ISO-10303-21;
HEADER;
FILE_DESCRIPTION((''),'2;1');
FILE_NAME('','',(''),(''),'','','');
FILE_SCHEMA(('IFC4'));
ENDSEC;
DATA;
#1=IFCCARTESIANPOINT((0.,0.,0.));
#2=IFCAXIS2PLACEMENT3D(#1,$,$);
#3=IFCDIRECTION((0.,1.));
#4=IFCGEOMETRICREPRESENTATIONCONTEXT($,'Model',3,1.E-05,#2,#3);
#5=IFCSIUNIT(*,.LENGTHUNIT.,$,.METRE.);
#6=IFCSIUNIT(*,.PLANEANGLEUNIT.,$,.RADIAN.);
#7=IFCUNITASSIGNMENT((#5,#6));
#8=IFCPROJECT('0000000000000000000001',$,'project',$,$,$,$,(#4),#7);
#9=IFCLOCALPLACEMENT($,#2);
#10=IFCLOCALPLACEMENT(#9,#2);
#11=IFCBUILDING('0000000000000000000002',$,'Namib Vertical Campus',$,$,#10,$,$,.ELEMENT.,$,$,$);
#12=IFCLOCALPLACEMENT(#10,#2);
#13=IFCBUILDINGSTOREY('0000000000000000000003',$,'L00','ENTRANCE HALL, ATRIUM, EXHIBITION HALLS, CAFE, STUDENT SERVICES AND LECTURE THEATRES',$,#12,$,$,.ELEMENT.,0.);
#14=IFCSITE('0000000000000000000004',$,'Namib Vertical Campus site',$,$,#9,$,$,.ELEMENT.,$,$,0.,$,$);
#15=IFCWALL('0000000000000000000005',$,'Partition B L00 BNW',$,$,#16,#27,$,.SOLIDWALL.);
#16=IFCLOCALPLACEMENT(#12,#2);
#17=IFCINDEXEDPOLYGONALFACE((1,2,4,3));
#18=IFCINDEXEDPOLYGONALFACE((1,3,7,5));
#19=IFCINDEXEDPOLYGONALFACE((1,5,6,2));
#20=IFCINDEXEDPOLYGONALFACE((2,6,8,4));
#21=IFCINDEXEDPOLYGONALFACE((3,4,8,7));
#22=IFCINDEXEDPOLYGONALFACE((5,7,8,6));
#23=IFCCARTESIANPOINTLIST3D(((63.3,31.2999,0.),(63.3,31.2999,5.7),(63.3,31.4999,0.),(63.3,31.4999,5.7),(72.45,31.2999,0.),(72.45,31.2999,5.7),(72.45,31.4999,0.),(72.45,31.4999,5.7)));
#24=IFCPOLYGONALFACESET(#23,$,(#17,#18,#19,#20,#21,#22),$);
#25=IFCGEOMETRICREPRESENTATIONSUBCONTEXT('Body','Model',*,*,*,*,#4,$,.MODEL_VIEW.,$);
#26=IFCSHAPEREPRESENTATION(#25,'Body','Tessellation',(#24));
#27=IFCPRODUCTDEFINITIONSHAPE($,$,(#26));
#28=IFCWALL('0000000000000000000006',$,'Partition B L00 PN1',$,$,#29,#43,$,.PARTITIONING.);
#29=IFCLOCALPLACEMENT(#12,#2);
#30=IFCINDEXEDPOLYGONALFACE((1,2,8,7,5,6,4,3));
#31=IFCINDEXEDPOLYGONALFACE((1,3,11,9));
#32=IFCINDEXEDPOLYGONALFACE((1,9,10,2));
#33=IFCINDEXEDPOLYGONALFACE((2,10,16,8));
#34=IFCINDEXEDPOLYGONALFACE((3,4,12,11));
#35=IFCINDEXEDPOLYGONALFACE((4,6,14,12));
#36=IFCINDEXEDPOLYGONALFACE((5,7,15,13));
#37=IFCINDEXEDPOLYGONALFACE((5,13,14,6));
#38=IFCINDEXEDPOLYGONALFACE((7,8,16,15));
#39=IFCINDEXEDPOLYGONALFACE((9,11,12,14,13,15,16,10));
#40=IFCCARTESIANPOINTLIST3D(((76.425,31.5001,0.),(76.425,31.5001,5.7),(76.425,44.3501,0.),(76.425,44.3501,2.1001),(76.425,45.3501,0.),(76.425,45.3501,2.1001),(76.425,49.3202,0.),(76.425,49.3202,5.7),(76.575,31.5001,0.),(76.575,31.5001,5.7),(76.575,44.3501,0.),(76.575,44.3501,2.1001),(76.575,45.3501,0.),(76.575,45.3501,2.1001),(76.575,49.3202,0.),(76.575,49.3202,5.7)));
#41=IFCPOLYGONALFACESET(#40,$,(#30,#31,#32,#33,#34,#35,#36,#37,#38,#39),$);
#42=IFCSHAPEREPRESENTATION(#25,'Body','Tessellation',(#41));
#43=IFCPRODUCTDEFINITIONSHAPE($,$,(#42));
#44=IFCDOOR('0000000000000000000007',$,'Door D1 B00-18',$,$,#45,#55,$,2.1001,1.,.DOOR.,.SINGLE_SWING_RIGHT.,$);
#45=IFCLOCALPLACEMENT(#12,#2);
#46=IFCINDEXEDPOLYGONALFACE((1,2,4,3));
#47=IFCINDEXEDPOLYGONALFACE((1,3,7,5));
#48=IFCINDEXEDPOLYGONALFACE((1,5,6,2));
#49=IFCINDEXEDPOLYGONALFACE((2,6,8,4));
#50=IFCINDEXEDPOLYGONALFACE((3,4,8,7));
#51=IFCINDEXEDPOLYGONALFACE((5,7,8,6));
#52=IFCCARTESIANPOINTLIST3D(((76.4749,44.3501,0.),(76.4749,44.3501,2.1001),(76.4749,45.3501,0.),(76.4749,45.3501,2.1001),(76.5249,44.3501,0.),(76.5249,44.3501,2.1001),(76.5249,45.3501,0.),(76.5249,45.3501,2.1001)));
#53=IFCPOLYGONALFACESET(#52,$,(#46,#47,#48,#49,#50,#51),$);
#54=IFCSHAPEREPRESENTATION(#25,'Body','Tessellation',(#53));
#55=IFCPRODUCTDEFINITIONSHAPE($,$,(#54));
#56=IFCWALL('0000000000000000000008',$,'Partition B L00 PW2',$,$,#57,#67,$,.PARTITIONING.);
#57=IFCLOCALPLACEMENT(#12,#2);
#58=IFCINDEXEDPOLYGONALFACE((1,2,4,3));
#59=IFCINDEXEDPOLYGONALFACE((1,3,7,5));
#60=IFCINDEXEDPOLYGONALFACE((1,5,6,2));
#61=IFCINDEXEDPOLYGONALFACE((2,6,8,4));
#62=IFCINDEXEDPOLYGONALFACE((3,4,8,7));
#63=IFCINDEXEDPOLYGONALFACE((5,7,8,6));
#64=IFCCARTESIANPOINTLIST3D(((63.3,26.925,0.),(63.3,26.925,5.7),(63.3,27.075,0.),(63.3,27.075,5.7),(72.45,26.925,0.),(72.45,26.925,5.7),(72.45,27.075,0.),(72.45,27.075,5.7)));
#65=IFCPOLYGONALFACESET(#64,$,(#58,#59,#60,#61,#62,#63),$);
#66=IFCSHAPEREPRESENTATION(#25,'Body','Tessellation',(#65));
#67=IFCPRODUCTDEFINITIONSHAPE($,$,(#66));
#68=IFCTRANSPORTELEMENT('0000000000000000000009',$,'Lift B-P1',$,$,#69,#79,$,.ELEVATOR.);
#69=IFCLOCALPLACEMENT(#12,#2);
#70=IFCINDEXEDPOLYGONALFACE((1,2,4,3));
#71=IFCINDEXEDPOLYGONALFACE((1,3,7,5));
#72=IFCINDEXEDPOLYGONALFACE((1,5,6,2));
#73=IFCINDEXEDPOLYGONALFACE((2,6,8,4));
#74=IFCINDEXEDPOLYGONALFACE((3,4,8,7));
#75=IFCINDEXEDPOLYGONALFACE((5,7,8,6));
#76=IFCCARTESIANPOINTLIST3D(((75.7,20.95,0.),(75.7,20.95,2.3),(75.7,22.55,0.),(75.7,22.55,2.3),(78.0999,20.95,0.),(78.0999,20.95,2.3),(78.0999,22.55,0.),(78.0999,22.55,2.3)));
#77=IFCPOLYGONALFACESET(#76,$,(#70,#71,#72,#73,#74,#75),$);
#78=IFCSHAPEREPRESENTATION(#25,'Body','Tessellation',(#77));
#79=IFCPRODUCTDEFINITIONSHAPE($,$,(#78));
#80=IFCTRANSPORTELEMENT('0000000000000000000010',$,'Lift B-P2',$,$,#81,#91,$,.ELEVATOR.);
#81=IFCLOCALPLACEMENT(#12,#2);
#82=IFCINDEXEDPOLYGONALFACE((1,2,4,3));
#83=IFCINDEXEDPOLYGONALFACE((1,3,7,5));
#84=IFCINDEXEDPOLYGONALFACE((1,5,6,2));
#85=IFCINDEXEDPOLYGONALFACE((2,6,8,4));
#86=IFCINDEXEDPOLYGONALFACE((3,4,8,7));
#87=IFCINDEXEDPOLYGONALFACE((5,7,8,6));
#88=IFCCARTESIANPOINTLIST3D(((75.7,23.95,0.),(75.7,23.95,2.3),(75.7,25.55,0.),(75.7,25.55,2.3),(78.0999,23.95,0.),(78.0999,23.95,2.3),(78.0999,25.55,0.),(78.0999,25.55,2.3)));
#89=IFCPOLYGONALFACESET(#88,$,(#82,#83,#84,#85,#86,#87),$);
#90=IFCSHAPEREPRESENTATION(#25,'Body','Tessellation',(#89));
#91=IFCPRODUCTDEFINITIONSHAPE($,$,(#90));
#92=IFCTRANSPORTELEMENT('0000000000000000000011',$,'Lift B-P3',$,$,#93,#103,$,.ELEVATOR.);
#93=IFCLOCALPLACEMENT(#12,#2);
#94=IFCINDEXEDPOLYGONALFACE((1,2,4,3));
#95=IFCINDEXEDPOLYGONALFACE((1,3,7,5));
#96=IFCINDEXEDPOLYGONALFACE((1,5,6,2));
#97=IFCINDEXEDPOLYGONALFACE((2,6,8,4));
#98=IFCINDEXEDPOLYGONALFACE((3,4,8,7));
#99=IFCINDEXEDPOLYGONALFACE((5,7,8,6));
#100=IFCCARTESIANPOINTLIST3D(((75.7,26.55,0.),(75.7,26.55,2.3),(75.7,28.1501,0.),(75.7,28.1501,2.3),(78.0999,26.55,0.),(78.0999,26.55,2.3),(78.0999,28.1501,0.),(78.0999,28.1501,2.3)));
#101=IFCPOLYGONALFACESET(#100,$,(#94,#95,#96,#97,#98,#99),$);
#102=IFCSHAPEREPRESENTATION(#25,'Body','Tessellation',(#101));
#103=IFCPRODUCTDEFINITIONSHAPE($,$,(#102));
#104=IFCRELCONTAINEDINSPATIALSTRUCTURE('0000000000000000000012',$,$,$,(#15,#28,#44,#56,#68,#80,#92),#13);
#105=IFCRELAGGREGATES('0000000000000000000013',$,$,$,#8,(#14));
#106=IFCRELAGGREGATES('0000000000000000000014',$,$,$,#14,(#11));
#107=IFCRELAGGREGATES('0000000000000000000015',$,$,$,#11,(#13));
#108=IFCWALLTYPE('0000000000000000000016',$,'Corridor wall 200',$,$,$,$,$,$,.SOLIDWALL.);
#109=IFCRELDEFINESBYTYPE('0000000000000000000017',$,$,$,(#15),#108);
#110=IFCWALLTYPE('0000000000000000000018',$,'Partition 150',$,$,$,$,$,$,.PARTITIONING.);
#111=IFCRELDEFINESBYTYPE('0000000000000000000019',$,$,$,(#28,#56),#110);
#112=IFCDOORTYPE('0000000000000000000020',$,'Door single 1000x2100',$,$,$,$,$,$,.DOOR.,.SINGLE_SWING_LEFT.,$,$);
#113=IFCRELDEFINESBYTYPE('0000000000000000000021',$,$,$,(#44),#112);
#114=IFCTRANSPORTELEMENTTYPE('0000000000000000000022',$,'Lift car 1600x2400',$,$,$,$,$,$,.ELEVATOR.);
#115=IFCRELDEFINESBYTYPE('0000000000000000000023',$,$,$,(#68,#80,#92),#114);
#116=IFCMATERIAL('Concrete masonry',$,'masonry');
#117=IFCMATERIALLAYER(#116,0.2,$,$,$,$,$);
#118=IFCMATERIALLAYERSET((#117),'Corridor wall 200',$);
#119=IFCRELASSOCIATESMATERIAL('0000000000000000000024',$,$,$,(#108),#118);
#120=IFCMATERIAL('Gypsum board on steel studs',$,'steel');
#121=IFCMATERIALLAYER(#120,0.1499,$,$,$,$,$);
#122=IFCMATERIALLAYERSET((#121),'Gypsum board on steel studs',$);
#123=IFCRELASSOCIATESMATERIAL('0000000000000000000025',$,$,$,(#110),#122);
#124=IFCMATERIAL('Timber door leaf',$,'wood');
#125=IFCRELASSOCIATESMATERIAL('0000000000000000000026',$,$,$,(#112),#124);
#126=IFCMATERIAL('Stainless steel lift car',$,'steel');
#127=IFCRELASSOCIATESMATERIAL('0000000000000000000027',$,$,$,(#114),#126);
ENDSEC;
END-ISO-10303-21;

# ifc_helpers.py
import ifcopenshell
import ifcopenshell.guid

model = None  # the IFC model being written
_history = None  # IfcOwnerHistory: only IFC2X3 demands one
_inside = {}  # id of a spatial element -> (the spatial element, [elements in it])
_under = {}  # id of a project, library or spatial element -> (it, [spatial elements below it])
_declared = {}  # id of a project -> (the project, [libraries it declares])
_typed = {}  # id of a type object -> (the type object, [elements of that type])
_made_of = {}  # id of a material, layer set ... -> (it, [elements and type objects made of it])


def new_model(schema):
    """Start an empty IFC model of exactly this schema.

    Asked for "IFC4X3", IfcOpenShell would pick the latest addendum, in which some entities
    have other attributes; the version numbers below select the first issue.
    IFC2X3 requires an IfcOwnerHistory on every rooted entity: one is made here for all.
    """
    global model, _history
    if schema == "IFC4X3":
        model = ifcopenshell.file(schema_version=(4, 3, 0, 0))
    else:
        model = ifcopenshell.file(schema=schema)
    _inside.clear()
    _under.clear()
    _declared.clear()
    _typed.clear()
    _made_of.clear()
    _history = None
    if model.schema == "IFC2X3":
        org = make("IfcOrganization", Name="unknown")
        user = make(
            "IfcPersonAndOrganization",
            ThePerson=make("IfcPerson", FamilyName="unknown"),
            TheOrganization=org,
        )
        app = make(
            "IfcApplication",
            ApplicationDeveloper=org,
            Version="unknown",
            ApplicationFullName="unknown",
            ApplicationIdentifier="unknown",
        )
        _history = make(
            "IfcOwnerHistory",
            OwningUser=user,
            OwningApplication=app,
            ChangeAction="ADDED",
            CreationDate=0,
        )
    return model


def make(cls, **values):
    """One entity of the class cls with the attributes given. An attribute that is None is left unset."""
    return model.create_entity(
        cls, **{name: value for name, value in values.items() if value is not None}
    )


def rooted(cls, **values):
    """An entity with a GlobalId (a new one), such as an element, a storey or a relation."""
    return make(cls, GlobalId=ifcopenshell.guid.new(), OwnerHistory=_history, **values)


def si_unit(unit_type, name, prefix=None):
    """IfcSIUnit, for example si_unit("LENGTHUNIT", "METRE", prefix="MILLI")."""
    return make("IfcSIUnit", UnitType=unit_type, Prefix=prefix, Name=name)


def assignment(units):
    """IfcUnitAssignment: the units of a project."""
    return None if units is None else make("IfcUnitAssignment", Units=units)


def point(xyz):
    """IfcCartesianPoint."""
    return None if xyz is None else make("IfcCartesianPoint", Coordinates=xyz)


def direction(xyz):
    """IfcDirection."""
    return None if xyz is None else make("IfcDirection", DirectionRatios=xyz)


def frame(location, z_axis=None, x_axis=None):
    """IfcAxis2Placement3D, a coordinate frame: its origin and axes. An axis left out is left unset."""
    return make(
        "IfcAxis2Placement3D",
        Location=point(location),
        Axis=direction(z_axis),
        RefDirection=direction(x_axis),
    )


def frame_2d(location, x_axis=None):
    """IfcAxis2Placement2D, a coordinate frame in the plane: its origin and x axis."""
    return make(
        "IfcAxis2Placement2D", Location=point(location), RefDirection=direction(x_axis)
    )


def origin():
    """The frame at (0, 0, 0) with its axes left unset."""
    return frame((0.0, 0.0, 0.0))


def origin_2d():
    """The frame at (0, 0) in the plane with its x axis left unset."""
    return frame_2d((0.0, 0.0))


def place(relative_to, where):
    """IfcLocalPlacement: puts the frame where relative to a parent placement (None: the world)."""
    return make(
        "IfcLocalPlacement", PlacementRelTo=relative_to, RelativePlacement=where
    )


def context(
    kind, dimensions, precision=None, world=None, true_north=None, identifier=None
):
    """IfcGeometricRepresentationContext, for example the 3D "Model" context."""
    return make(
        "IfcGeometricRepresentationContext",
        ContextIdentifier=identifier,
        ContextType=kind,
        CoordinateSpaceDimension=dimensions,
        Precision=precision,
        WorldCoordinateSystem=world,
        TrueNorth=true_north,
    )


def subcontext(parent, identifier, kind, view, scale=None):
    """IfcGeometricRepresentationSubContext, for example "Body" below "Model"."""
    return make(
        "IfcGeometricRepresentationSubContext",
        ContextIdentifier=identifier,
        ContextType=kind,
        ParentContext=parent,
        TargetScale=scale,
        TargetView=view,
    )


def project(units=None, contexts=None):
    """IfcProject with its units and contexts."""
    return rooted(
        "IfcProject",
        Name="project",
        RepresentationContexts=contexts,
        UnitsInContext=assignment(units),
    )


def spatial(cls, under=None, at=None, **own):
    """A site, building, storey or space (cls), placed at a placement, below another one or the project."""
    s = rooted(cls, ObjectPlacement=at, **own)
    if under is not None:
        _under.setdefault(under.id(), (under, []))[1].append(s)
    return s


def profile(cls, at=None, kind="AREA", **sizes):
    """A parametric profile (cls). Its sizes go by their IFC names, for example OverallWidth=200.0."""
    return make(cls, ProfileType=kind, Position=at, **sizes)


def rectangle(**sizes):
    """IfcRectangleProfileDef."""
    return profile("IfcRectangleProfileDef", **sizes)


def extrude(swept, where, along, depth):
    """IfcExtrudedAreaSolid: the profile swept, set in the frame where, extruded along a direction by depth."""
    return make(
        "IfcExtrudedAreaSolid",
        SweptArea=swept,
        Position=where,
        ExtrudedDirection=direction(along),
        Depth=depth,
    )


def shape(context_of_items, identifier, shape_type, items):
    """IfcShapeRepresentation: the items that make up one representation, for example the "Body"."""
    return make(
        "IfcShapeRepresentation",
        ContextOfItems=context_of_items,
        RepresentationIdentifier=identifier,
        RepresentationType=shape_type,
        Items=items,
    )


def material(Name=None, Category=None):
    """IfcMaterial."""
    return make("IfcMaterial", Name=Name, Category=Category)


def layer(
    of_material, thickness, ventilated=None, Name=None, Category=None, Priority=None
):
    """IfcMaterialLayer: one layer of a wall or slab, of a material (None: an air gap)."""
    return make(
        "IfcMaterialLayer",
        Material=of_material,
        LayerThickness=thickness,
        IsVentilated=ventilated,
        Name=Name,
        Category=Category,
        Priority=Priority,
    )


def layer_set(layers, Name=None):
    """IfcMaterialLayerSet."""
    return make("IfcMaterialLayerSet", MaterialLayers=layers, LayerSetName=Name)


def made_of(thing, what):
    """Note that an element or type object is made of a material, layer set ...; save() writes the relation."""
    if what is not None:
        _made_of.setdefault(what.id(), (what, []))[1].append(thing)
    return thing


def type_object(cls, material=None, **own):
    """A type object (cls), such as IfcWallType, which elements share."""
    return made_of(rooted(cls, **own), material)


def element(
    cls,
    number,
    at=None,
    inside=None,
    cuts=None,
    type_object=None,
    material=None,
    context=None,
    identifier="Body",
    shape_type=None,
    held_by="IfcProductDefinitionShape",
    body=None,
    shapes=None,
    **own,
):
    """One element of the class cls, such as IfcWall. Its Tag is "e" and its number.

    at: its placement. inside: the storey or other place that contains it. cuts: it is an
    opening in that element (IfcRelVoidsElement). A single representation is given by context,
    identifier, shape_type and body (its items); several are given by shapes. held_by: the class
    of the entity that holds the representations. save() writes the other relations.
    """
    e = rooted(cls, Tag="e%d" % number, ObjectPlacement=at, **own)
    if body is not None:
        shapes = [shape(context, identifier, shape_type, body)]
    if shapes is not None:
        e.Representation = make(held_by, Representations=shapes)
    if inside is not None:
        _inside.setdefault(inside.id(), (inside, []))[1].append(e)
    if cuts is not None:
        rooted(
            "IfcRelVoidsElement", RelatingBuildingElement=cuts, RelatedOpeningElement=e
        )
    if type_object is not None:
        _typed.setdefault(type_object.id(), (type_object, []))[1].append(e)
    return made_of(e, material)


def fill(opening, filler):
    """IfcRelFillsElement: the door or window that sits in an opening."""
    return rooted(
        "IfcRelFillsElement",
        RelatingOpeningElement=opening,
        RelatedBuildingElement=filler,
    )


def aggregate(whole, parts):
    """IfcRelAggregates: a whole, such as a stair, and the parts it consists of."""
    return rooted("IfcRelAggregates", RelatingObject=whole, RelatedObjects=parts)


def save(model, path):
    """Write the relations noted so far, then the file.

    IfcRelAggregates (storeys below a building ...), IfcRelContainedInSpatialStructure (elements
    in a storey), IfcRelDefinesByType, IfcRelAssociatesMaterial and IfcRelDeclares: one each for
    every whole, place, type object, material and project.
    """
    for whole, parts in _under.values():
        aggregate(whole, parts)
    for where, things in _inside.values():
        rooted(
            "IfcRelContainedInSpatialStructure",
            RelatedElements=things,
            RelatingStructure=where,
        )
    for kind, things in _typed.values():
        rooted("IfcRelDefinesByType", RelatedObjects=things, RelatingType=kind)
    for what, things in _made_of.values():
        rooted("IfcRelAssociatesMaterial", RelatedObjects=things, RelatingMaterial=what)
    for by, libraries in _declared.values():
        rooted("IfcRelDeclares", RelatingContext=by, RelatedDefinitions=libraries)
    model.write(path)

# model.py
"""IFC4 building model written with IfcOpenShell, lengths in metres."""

from ifc_helpers import new_model, si_unit, direction, frame, frame_2d, origin, origin_2d, place, context, subcontext, project, spatial, rectangle, extrude, material, layer, layer_set, type_object, element, fill, save


model = new_model("IFC4")

# Units and contexts
model_context = context("Model", 3, precision=1e-05, world=origin(), true_north=direction((0.0, 1.0)))
body_context = subcontext(model_context, "Body", "Model", "MODEL_VIEW")
ifc_project = project(units=[si_unit("LENGTHUNIT", "METRE"), si_unit("PLANEANGLEUNIT", "RADIAN")], contexts=[model_context])

# Site, building, storey
site_placement = place(None, origin())
site = spatial("IfcSite", under=ifc_project, at=site_placement, Name="Namib Vertical Campus site", CompositionType="ELEMENT", RefElevation=0.0)
building_placement = place(site_placement, origin())
building = spatial("IfcBuilding", under=site, at=building_placement, Name="Namib Vertical Campus", CompositionType="ELEMENT")
storey_placement = place(building_placement, origin())
storey = spatial("IfcBuildingStorey", under=building, at=storey_placement, Name="L00", Description="ENTRANCE HALL, ATRIUM, EXHIBITION HALLS, CAFE, STUDENT SERVICES AND LECTURE THEATRES", CompositionType="ELEMENT", Elevation=0.0)

# Shared definitions
ifc_material_1 = material(Name="Concrete masonry", Category="masonry")
ifc_layer_1 = layer(ifc_material_1, 0.2)
ifc_layer_set_1 = layer_set([ifc_layer_1], Name="Corridor wall 200")
wall_type_1 = type_object("IfcWallType", Name="Corridor wall 200", PredefinedType="SOLIDWALL", material=ifc_layer_set_1)

# Wall
wall_1_placement = place(storey_placement, frame((63.3, 31.3999, 0.0), z_axis=(0.0, 0.0, 1.0), x_axis=(1.0, 0.0, 0.0)))
element("IfcWall", 1, at=wall_1_placement, inside=storey, type_object=wall_type_1, Name="Partition B L00 BNW", PredefinedType="SOLIDWALL", context=body_context, shape_type="SweptSolid", body=[
    extrude(rectangle(XDim=9.1499, YDim=0.2, at=frame_2d((4.575, 0.0))), origin(), (0.0, 0.0, 1.0), 5.7),
])

# Wall, opening, door
ifc_material_2 = material(Name="Gypsum board on steel studs", Category="steel")
ifc_layer_2 = layer(ifc_material_2, 0.1499)
ifc_layer_set_2 = layer_set([ifc_layer_2], Name="Gypsum board on steel studs")
wall_type_2 = type_object("IfcWallType", Name="Partition 150", PredefinedType="PARTITIONING", material=ifc_layer_set_2)
wall_2_placement = place(storey_placement, frame((76.5, 31.5, 0.0), z_axis=(0.0, 0.0, 1.0), x_axis=(0.0, 1.0, 0.0)))
wall_2 = element("IfcWall", 2, at=wall_2_placement, inside=storey, type_object=wall_type_2, Name="Partition B L00 PN1", PredefinedType="PARTITIONING", context=body_context, shape_type="SweptSolid", body=[
    extrude(rectangle(XDim=17.8201, YDim=0.1499, at=frame_2d((8.9102, 0.0))), origin(), (0.0, 0.0, 1.0), 5.7),
])
opening_1_placement = place(wall_2_placement, frame((12.8501, 0.0, 0.0)))
opening_1 = element("IfcOpeningElement", 3, at=opening_1_placement, cuts=wall_2, PredefinedType="OPENING", context=body_context, shape_type="SweptSolid", body=[
    extrude(rectangle(XDim=1.0, YDim=2.1001, at=frame_2d((0.5, 1.05))), frame((0.0, 0.085, 0.0), z_axis=(0.0, -1.0, 0.0), x_axis=(1.0, 0.0, 0.0)), (0.0, 0.0, 1.0), 0.1699),
])
ifc_material_3 = material(Name="Timber door leaf", Category="wood")
door_type_1 = type_object("IfcDoorType", Name="Door single 1000x2100", OperationType="SINGLE_SWING_LEFT", PredefinedType="DOOR", material=ifc_material_3)
door_1_placement = place(opening_1_placement, frame((1.0, 0.0, 0.0), z_axis=(0.0, 0.0, 1.0), x_axis=(-1.0, 0.0, 0.0)))
door_1 = element("IfcDoor", 4, at=door_1_placement, inside=storey, type_object=door_type_1, Name="Door D1 B00-18", OperationType="SINGLE_SWING_RIGHT", OverallHeight=2.1001, OverallWidth=1.0, PredefinedType="DOOR", context=body_context, shape_type="SweptSolid", body=[
    extrude(rectangle(XDim=1.0, YDim=2.1001, at=frame_2d((0.5, 1.05))), frame((0.0, 0.0249, 0.0), z_axis=(0.0, -1.0, 0.0), x_axis=(1.0, 0.0, 0.0)), (0.0, 0.0, 1.0), 0.05),
])
fill(opening_1, door_1)

# Wall
wall_3_placement = place(storey_placement, frame((63.3, 27.0, 0.0), z_axis=(0.0, 0.0, 1.0), x_axis=(1.0, 0.0, 0.0)))
element("IfcWall", 5, at=wall_3_placement, inside=storey, type_object=wall_type_2, Name="Partition B L00 PW2", PredefinedType="PARTITIONING", context=body_context, shape_type="SweptSolid", body=[
    extrude(rectangle(XDim=9.1499, YDim=0.1499, at=frame_2d((4.575, 0.0))), origin(), (0.0, 0.0, 1.0), 5.7),
])

# Transport elements
ifc_material_4 = material(Name="Stainless steel lift car", Category="steel")
transport_element_type = type_object("IfcTransportElementType", Name="Lift car 1600x2400", PredefinedType="ELEVATOR", material=ifc_material_4)
for number, where, z_axis, x_axis, name in (
    (6, (76.8999, 21.75, 0.0), (0.0, 0.0, 1.0), (1.0, 0.0, 0.0), "Lift B-P1"),
    (7, (76.8999, 24.75, 0.0), (0.0, 0.0, 1.0), (1.0, 0.0, 0.0), "Lift B-P2"),
    (8, (76.8999, 27.3501, 0.0), (0.0, 0.0, 1.0), (1.0, 0.0, 0.0), "Lift B-P3"),
):
    element("IfcTransportElement", number, at=place(storey_placement, frame(where, z_axis=z_axis, x_axis=x_axis)), inside=storey, type_object=transport_element_type, Name=name, PredefinedType="ELEVATOR", context=body_context, shape_type="SweptSolid", body=[
        extrude(rectangle(XDim=2.3999, YDim=1.6001, at=origin_2d()), origin(), (0.0, 0.0, 1.0), 2.3),
    ])

save(model, "model.ifc")
